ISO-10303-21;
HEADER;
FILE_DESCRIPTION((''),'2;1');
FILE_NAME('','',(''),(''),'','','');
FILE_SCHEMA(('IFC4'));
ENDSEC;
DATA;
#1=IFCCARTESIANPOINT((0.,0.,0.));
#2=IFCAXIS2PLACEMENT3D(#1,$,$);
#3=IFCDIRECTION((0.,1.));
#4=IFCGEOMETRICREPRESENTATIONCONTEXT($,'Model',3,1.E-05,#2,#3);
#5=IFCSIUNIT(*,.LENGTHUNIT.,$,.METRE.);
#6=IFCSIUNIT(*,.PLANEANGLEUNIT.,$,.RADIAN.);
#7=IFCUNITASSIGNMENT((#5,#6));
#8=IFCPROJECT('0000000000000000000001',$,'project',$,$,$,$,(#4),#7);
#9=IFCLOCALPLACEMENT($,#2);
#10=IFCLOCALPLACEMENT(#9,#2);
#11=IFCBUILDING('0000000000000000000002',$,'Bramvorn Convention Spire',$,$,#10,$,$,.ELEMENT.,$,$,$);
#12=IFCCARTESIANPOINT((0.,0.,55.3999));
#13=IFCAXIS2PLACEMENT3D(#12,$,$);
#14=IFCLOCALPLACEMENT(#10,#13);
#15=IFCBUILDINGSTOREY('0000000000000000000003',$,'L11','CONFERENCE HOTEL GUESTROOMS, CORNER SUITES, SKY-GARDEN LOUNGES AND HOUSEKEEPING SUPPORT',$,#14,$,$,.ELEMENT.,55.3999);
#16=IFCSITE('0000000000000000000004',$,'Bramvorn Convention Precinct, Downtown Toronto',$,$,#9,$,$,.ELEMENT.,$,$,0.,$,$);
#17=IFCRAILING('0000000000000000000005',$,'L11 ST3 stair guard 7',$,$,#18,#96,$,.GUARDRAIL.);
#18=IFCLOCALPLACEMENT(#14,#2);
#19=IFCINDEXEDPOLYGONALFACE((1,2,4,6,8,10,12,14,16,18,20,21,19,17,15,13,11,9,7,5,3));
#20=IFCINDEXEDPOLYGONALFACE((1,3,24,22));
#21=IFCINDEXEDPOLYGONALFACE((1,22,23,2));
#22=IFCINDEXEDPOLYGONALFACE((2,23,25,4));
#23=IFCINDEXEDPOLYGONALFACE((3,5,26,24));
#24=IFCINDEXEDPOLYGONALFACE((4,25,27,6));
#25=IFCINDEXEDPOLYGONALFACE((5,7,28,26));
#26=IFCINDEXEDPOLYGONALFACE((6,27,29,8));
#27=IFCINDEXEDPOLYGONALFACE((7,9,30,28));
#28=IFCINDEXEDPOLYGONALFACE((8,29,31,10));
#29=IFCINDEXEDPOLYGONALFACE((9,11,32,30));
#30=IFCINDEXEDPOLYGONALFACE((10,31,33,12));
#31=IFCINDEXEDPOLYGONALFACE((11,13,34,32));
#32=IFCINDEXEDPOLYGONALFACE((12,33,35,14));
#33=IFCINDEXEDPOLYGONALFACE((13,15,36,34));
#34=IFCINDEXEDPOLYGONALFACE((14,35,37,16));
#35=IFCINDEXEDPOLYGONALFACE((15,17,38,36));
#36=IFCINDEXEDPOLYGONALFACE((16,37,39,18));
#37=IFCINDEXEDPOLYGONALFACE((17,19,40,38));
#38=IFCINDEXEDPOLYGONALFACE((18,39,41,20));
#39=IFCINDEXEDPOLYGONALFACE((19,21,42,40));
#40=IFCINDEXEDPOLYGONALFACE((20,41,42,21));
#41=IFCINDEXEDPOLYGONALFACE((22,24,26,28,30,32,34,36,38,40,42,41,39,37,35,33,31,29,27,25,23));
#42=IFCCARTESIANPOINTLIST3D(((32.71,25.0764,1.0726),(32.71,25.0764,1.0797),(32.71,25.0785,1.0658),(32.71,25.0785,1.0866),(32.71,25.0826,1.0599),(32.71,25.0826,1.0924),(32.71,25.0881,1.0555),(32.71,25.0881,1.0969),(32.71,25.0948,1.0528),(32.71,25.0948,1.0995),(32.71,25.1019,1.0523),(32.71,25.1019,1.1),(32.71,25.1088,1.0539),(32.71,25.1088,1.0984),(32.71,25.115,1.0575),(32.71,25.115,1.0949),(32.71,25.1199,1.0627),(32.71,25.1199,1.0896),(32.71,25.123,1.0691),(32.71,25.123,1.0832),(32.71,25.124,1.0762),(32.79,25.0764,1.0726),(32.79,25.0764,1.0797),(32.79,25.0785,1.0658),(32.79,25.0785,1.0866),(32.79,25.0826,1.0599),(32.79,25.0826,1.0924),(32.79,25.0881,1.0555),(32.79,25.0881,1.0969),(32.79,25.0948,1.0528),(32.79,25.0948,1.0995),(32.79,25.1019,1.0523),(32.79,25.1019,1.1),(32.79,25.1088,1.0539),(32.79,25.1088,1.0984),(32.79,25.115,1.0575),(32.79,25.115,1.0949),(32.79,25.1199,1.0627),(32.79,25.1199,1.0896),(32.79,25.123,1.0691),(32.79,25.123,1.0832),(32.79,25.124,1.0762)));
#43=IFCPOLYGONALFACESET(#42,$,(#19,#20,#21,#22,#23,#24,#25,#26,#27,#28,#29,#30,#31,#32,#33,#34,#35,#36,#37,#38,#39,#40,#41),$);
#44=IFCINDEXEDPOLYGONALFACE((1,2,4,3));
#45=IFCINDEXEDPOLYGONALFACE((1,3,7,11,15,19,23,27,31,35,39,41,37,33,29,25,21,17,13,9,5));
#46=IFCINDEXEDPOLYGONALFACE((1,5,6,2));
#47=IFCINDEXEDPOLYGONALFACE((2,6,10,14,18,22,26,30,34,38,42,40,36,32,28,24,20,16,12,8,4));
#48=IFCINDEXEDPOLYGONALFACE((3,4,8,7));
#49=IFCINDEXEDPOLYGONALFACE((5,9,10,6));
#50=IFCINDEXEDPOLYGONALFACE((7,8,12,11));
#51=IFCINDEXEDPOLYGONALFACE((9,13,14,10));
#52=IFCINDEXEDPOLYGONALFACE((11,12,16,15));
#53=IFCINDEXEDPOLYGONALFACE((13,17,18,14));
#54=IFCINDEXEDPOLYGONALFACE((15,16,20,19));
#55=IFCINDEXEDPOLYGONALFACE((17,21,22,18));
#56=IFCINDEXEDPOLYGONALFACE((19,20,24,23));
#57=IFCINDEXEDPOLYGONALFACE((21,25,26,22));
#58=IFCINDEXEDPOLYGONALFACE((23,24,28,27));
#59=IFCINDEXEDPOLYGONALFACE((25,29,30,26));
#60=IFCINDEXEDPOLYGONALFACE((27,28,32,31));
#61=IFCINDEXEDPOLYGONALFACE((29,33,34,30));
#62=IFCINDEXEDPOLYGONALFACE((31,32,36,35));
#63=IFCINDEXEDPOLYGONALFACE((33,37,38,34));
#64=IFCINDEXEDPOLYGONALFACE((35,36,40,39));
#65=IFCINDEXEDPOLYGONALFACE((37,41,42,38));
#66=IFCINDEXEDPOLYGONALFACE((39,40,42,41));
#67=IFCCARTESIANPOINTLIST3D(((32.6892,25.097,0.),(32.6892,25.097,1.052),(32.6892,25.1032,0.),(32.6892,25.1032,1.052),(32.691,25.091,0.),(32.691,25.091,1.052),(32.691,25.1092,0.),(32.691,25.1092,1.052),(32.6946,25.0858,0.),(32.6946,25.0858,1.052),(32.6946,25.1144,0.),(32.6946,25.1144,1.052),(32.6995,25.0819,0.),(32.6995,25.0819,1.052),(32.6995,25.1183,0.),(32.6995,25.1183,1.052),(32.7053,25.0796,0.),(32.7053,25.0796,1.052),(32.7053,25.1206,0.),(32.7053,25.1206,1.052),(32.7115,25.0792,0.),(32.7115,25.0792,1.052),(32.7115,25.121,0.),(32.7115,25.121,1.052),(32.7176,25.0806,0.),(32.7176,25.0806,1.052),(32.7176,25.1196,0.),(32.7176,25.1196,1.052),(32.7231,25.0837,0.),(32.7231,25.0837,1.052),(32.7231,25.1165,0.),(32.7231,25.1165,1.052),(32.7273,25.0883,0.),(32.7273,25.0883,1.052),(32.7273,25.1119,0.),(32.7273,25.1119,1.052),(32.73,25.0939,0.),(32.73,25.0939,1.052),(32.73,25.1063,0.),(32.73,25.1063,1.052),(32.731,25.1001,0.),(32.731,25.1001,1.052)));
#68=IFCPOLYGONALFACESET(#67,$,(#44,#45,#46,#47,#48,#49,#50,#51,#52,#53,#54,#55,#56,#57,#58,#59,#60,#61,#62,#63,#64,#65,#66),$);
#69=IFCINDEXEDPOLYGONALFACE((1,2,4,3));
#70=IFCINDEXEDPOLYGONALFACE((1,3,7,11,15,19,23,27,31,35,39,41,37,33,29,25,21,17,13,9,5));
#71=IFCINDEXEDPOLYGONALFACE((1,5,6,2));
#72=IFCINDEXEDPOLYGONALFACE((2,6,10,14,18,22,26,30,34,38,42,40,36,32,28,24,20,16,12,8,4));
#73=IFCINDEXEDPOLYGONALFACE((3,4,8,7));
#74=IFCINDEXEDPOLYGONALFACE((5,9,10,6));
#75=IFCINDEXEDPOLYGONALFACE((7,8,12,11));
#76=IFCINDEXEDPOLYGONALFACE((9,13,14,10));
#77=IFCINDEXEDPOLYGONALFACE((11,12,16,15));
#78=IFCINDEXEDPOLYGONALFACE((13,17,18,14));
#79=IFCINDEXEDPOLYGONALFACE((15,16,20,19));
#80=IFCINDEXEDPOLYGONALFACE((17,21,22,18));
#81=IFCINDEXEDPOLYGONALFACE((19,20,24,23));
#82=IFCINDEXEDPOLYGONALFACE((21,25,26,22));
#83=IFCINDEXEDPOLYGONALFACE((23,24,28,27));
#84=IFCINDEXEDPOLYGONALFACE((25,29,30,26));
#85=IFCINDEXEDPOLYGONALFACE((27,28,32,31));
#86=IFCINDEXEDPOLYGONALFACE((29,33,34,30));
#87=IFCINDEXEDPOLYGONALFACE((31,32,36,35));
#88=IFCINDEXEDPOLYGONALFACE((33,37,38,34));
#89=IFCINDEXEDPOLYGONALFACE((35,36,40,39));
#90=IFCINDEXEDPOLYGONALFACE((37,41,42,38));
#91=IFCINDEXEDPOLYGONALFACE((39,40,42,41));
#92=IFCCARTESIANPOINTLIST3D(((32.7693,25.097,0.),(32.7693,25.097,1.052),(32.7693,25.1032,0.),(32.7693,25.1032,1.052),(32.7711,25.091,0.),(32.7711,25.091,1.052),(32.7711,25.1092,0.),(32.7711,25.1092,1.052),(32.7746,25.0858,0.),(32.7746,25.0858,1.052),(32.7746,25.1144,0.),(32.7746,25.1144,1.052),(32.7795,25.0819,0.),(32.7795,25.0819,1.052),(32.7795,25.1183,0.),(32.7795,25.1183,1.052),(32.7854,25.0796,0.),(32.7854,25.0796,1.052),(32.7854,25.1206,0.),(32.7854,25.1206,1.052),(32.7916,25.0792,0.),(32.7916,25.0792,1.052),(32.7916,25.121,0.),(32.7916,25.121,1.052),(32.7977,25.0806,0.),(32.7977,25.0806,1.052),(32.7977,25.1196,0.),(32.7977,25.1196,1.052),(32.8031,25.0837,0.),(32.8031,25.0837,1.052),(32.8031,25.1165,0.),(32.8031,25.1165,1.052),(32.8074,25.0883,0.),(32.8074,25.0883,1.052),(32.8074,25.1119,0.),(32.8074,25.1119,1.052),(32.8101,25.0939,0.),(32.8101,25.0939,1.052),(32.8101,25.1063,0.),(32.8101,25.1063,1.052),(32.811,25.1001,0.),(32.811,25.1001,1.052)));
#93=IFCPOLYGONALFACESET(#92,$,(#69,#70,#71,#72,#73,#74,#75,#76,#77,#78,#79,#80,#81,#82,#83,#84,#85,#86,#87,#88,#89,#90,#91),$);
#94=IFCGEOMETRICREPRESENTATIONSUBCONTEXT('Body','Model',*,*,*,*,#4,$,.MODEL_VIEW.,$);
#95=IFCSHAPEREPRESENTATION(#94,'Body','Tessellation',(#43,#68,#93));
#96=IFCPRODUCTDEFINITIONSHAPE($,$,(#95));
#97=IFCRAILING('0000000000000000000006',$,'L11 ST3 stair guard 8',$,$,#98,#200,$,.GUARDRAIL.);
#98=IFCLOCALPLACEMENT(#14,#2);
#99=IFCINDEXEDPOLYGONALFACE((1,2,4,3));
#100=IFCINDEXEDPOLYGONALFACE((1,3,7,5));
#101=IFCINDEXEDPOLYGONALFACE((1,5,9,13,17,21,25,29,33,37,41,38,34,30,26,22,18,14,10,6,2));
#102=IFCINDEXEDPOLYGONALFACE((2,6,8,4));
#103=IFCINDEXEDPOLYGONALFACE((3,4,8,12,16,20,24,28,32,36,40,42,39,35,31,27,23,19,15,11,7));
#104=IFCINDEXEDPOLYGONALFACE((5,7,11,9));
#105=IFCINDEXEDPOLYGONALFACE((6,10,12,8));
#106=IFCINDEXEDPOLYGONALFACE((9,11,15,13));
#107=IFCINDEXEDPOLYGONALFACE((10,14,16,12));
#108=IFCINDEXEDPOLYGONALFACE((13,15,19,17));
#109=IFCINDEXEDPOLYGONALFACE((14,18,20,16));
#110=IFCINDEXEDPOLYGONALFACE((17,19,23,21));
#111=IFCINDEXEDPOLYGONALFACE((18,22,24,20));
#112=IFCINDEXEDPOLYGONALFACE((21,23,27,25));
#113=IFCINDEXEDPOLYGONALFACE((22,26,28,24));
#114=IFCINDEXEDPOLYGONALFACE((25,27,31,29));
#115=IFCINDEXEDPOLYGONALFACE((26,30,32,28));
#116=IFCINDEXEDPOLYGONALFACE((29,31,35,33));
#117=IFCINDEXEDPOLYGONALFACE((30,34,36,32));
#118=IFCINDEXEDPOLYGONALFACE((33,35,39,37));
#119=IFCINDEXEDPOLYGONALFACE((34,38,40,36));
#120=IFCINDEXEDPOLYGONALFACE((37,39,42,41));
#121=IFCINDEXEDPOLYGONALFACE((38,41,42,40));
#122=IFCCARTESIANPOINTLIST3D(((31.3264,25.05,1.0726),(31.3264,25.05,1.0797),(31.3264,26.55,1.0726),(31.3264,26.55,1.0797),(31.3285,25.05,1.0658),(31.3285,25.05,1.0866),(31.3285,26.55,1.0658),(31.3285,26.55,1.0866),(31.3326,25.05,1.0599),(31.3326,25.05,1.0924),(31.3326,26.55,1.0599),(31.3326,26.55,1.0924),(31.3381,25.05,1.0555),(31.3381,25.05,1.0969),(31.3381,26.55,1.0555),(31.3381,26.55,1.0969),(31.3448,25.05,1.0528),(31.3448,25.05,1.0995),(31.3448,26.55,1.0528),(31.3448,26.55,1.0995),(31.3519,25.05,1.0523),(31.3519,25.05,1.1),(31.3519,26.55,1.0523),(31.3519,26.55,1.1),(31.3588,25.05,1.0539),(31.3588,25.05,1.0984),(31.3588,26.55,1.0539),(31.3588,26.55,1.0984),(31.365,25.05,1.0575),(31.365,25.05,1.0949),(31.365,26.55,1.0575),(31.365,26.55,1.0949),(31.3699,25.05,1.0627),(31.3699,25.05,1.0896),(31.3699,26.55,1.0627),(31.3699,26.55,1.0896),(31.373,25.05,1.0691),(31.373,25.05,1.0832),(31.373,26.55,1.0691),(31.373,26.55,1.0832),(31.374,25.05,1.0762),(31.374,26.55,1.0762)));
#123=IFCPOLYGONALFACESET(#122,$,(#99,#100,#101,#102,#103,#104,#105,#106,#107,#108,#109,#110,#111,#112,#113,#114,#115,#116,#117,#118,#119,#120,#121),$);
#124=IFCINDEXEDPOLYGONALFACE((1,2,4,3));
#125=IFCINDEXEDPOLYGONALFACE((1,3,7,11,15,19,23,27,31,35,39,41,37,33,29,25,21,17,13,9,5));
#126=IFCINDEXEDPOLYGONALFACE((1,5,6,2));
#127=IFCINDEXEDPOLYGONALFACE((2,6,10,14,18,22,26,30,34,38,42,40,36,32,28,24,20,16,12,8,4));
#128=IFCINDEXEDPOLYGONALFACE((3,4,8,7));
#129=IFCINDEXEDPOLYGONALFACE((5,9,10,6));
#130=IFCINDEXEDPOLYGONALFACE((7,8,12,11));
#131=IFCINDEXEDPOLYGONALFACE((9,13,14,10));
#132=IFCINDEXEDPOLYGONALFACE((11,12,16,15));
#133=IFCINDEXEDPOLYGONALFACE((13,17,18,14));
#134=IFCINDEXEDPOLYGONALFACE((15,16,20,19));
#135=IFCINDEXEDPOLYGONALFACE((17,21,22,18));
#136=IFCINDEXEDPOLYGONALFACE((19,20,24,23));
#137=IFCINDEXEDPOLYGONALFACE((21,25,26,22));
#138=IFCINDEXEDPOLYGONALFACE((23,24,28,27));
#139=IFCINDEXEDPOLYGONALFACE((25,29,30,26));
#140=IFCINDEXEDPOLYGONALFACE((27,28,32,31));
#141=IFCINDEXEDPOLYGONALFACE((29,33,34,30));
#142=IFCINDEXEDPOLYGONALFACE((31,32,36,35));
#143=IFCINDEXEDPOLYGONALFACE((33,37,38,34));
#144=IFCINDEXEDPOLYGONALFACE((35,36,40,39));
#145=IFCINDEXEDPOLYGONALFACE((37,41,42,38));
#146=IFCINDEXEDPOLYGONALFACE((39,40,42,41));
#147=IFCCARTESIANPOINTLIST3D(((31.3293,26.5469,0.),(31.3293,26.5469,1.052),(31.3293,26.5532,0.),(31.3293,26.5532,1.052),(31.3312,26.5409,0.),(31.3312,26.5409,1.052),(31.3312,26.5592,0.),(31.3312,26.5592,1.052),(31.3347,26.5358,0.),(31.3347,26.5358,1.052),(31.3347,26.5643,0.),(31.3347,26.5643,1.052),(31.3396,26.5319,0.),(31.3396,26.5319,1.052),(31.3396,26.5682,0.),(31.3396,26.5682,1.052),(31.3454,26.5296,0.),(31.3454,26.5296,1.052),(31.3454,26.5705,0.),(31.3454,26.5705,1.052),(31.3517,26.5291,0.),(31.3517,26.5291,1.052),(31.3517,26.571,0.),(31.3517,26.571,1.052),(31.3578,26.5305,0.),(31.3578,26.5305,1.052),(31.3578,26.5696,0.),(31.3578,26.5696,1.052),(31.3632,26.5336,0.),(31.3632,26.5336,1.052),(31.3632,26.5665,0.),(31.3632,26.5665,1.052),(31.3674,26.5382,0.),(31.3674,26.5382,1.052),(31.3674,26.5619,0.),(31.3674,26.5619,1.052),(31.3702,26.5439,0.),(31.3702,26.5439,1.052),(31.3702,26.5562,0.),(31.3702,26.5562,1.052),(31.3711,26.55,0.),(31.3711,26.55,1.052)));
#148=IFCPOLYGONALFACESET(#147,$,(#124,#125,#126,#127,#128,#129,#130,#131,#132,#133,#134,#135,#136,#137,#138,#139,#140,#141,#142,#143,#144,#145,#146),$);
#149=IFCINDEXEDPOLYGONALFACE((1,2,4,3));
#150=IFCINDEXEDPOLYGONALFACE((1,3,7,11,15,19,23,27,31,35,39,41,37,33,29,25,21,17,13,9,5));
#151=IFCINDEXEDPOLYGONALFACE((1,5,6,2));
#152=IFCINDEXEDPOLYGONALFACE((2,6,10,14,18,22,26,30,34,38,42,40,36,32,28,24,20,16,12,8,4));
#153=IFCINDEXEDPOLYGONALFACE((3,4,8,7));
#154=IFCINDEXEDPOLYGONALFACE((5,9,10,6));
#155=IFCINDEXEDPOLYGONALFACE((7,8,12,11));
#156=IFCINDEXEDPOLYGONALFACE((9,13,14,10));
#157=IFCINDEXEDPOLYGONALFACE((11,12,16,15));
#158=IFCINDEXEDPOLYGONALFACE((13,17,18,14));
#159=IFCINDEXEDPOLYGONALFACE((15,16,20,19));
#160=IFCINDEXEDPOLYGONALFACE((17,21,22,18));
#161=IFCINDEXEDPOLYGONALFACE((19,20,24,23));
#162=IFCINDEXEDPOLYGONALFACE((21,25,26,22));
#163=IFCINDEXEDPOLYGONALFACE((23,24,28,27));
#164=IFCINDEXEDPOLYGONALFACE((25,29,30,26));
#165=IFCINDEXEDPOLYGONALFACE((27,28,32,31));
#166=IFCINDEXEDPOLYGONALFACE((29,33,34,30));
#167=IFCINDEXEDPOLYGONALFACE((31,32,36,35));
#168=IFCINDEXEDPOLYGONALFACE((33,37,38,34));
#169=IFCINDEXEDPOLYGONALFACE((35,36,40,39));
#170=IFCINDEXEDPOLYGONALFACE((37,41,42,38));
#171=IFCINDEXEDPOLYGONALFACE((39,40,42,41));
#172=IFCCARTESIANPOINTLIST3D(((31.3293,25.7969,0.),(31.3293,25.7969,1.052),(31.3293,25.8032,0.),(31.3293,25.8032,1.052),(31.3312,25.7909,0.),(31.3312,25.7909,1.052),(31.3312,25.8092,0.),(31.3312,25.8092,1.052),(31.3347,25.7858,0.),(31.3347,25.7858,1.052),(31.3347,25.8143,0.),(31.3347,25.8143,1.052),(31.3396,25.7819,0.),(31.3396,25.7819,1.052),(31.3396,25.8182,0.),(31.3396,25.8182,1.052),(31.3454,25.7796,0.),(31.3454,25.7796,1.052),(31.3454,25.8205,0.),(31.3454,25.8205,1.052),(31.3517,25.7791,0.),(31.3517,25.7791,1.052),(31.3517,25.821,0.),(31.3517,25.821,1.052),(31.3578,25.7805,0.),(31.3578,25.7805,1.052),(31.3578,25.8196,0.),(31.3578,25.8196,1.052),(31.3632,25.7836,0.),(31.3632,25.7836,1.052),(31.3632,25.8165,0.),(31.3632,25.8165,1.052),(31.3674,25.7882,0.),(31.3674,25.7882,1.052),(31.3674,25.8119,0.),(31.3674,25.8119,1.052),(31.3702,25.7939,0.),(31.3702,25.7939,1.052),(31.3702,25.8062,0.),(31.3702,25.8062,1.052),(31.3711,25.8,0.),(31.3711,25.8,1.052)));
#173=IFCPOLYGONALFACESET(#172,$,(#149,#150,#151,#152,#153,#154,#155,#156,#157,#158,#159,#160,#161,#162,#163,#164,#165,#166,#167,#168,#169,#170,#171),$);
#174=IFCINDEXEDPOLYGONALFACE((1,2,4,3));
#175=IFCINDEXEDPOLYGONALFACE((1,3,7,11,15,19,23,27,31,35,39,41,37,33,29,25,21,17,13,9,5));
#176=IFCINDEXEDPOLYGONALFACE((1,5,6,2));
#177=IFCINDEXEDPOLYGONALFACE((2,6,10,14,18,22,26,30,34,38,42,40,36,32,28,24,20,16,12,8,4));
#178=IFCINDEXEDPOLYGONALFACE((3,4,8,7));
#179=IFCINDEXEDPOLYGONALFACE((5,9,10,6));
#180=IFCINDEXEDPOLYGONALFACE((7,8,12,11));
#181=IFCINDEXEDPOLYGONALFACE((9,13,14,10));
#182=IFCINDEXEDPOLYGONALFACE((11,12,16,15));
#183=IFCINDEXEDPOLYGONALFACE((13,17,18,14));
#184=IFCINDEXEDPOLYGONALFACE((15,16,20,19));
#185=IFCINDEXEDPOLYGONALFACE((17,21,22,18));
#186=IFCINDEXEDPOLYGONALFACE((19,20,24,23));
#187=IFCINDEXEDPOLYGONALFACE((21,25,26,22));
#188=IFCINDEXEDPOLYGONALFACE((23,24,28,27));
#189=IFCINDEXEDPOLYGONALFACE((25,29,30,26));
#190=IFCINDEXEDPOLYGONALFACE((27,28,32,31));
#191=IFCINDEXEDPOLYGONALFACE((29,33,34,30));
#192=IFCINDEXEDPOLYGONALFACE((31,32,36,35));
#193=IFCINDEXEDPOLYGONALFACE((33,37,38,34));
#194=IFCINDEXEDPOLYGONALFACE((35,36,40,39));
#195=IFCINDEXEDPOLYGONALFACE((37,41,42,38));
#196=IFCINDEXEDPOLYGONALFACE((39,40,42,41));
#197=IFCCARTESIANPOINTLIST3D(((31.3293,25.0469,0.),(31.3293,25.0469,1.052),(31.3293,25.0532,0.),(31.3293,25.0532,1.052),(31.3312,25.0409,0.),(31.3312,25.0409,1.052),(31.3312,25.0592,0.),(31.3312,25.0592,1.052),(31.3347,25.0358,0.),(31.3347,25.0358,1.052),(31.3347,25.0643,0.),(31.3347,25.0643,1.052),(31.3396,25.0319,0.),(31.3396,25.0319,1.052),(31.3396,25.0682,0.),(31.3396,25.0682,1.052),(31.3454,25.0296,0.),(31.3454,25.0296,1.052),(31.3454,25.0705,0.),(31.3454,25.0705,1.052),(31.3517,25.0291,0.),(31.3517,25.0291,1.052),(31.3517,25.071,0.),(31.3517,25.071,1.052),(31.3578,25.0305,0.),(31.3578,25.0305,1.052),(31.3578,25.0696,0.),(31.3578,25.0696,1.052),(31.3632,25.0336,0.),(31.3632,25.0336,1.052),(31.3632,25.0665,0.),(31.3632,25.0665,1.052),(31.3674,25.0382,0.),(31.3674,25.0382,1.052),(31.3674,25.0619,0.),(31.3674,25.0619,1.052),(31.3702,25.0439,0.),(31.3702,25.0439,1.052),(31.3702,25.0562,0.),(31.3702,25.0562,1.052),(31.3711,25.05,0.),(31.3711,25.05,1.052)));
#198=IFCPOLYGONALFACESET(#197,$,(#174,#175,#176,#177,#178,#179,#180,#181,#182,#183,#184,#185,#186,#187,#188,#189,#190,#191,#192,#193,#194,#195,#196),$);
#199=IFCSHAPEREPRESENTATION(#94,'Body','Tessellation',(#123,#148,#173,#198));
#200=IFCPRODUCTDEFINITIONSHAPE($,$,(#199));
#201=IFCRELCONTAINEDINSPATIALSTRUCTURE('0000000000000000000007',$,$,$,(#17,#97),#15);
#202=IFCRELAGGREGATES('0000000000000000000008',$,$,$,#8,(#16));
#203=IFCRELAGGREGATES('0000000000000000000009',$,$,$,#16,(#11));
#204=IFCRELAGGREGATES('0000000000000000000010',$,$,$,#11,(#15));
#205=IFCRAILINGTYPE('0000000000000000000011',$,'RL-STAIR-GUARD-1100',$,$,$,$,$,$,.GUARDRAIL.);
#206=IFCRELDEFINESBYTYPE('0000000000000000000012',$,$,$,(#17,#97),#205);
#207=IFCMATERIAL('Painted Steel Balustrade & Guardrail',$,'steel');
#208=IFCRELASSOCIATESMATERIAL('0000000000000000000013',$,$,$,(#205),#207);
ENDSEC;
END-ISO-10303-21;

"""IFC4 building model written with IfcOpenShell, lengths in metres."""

from ifc_helpers import new_model, si_unit, direction, frame, origin, origin_2d, place, context, subcontext, project, spatial, circle, extrude, material, type_object, element, save


model = new_model("IFC4")

# Units and contexts
model_context = context("Model", 3, precision=1e-05, world=origin(), true_north=direction((0.0, 1.0)))
body_context = subcontext(model_context, "Body", "Model", "MODEL_VIEW")
ifc_project = project(units=[si_unit("LENGTHUNIT", "METRE"), si_unit("PLANEANGLEUNIT", "RADIAN")], contexts=[model_context])

# Site, building, storey
site_placement = place(None, origin())
site = spatial("IfcSite", under=ifc_project, at=site_placement, Name="Bramvorn Convention Precinct, Downtown Toronto", CompositionType="ELEMENT", RefElevation=0.0)
building_placement = place(site_placement, origin())
building = spatial("IfcBuilding", under=site, at=building_placement, Name="Bramvorn Convention Spire", CompositionType="ELEMENT")
storey_placement = place(building_placement, frame((0.0, 0.0, 55.3999)))
storey = spatial("IfcBuildingStorey", under=building, at=storey_placement, Name="L11", Description="CONFERENCE HOTEL GUESTROOMS, CORNER SUITES, SKY-GARDEN LOUNGES AND HOUSEKEEPING SUPPORT", CompositionType="ELEMENT", Elevation=55.3999)

# Railings
ifc_material_1 = material(Name="Painted Steel Balustrade & Guardrail", Category="steel")
railing_type = type_object("IfcRailingType", Name="RL-STAIR-GUARD-1100", PredefinedType="GUARDRAIL", material=ifc_material_1)
railing_1_placement = place(storey_placement, frame((32.71, 25.1001, 0.0)))
element("IfcRailing", 1, at=railing_1_placement, inside=storey, type_object=railing_type, Name="L11 ST3 stair guard 7", PredefinedType="GUARDRAIL", context=body_context, shape_type="SweptSolid", body=[
    extrude(circle(Radius=0.0239, at=origin_2d()), frame((0.0, 0.0, 1.0762), z_axis=(1.0, 0.0, 0.0), x_axis=(0.0, 1.0, 0.0)), (0.0, 0.0, 1.0), 0.0801),
    extrude(circle(Radius=0.021, at=origin_2d()), origin(), (0.0, 0.0, 1.0), 1.052),
    extrude(circle(Radius=0.021, at=origin_2d()), frame((0.0801, 0.0, 0.0)), (0.0, 0.0, 1.0), 1.052),
])
for number, where, name in (
    (2, (31.3501, 26.55, 0.0), "L11 ST3 stair guard 8"),
):
    element("IfcRailing", number, at=place(storey_placement, frame(where)), inside=storey, type_object=railing_type, Name=name, PredefinedType="GUARDRAIL", context=body_context, shape_type="SweptSolid", body=[
        extrude(circle(Radius=0.0239, at=origin_2d()), frame((0.0, 0.0, 1.0762), z_axis=(0.0, -1.0, 0.0), x_axis=(1.0, 0.0, 0.0)), (0.0, 0.0, 1.0), 1.5),
        extrude(circle(Radius=0.021, at=origin_2d()), origin(), (0.0, 0.0, 1.0), 1.052),
        extrude(circle(Radius=0.021, at=origin_2d()), frame((0.0, -0.75, 0.0)), (0.0, 0.0, 1.0), 1.052),
        extrude(circle(Radius=0.021, at=origin_2d()), frame((0.0, -1.5, 0.0)), (0.0, 0.0, 1.0), 1.052),
    ])

save(model, "model.ifc")
